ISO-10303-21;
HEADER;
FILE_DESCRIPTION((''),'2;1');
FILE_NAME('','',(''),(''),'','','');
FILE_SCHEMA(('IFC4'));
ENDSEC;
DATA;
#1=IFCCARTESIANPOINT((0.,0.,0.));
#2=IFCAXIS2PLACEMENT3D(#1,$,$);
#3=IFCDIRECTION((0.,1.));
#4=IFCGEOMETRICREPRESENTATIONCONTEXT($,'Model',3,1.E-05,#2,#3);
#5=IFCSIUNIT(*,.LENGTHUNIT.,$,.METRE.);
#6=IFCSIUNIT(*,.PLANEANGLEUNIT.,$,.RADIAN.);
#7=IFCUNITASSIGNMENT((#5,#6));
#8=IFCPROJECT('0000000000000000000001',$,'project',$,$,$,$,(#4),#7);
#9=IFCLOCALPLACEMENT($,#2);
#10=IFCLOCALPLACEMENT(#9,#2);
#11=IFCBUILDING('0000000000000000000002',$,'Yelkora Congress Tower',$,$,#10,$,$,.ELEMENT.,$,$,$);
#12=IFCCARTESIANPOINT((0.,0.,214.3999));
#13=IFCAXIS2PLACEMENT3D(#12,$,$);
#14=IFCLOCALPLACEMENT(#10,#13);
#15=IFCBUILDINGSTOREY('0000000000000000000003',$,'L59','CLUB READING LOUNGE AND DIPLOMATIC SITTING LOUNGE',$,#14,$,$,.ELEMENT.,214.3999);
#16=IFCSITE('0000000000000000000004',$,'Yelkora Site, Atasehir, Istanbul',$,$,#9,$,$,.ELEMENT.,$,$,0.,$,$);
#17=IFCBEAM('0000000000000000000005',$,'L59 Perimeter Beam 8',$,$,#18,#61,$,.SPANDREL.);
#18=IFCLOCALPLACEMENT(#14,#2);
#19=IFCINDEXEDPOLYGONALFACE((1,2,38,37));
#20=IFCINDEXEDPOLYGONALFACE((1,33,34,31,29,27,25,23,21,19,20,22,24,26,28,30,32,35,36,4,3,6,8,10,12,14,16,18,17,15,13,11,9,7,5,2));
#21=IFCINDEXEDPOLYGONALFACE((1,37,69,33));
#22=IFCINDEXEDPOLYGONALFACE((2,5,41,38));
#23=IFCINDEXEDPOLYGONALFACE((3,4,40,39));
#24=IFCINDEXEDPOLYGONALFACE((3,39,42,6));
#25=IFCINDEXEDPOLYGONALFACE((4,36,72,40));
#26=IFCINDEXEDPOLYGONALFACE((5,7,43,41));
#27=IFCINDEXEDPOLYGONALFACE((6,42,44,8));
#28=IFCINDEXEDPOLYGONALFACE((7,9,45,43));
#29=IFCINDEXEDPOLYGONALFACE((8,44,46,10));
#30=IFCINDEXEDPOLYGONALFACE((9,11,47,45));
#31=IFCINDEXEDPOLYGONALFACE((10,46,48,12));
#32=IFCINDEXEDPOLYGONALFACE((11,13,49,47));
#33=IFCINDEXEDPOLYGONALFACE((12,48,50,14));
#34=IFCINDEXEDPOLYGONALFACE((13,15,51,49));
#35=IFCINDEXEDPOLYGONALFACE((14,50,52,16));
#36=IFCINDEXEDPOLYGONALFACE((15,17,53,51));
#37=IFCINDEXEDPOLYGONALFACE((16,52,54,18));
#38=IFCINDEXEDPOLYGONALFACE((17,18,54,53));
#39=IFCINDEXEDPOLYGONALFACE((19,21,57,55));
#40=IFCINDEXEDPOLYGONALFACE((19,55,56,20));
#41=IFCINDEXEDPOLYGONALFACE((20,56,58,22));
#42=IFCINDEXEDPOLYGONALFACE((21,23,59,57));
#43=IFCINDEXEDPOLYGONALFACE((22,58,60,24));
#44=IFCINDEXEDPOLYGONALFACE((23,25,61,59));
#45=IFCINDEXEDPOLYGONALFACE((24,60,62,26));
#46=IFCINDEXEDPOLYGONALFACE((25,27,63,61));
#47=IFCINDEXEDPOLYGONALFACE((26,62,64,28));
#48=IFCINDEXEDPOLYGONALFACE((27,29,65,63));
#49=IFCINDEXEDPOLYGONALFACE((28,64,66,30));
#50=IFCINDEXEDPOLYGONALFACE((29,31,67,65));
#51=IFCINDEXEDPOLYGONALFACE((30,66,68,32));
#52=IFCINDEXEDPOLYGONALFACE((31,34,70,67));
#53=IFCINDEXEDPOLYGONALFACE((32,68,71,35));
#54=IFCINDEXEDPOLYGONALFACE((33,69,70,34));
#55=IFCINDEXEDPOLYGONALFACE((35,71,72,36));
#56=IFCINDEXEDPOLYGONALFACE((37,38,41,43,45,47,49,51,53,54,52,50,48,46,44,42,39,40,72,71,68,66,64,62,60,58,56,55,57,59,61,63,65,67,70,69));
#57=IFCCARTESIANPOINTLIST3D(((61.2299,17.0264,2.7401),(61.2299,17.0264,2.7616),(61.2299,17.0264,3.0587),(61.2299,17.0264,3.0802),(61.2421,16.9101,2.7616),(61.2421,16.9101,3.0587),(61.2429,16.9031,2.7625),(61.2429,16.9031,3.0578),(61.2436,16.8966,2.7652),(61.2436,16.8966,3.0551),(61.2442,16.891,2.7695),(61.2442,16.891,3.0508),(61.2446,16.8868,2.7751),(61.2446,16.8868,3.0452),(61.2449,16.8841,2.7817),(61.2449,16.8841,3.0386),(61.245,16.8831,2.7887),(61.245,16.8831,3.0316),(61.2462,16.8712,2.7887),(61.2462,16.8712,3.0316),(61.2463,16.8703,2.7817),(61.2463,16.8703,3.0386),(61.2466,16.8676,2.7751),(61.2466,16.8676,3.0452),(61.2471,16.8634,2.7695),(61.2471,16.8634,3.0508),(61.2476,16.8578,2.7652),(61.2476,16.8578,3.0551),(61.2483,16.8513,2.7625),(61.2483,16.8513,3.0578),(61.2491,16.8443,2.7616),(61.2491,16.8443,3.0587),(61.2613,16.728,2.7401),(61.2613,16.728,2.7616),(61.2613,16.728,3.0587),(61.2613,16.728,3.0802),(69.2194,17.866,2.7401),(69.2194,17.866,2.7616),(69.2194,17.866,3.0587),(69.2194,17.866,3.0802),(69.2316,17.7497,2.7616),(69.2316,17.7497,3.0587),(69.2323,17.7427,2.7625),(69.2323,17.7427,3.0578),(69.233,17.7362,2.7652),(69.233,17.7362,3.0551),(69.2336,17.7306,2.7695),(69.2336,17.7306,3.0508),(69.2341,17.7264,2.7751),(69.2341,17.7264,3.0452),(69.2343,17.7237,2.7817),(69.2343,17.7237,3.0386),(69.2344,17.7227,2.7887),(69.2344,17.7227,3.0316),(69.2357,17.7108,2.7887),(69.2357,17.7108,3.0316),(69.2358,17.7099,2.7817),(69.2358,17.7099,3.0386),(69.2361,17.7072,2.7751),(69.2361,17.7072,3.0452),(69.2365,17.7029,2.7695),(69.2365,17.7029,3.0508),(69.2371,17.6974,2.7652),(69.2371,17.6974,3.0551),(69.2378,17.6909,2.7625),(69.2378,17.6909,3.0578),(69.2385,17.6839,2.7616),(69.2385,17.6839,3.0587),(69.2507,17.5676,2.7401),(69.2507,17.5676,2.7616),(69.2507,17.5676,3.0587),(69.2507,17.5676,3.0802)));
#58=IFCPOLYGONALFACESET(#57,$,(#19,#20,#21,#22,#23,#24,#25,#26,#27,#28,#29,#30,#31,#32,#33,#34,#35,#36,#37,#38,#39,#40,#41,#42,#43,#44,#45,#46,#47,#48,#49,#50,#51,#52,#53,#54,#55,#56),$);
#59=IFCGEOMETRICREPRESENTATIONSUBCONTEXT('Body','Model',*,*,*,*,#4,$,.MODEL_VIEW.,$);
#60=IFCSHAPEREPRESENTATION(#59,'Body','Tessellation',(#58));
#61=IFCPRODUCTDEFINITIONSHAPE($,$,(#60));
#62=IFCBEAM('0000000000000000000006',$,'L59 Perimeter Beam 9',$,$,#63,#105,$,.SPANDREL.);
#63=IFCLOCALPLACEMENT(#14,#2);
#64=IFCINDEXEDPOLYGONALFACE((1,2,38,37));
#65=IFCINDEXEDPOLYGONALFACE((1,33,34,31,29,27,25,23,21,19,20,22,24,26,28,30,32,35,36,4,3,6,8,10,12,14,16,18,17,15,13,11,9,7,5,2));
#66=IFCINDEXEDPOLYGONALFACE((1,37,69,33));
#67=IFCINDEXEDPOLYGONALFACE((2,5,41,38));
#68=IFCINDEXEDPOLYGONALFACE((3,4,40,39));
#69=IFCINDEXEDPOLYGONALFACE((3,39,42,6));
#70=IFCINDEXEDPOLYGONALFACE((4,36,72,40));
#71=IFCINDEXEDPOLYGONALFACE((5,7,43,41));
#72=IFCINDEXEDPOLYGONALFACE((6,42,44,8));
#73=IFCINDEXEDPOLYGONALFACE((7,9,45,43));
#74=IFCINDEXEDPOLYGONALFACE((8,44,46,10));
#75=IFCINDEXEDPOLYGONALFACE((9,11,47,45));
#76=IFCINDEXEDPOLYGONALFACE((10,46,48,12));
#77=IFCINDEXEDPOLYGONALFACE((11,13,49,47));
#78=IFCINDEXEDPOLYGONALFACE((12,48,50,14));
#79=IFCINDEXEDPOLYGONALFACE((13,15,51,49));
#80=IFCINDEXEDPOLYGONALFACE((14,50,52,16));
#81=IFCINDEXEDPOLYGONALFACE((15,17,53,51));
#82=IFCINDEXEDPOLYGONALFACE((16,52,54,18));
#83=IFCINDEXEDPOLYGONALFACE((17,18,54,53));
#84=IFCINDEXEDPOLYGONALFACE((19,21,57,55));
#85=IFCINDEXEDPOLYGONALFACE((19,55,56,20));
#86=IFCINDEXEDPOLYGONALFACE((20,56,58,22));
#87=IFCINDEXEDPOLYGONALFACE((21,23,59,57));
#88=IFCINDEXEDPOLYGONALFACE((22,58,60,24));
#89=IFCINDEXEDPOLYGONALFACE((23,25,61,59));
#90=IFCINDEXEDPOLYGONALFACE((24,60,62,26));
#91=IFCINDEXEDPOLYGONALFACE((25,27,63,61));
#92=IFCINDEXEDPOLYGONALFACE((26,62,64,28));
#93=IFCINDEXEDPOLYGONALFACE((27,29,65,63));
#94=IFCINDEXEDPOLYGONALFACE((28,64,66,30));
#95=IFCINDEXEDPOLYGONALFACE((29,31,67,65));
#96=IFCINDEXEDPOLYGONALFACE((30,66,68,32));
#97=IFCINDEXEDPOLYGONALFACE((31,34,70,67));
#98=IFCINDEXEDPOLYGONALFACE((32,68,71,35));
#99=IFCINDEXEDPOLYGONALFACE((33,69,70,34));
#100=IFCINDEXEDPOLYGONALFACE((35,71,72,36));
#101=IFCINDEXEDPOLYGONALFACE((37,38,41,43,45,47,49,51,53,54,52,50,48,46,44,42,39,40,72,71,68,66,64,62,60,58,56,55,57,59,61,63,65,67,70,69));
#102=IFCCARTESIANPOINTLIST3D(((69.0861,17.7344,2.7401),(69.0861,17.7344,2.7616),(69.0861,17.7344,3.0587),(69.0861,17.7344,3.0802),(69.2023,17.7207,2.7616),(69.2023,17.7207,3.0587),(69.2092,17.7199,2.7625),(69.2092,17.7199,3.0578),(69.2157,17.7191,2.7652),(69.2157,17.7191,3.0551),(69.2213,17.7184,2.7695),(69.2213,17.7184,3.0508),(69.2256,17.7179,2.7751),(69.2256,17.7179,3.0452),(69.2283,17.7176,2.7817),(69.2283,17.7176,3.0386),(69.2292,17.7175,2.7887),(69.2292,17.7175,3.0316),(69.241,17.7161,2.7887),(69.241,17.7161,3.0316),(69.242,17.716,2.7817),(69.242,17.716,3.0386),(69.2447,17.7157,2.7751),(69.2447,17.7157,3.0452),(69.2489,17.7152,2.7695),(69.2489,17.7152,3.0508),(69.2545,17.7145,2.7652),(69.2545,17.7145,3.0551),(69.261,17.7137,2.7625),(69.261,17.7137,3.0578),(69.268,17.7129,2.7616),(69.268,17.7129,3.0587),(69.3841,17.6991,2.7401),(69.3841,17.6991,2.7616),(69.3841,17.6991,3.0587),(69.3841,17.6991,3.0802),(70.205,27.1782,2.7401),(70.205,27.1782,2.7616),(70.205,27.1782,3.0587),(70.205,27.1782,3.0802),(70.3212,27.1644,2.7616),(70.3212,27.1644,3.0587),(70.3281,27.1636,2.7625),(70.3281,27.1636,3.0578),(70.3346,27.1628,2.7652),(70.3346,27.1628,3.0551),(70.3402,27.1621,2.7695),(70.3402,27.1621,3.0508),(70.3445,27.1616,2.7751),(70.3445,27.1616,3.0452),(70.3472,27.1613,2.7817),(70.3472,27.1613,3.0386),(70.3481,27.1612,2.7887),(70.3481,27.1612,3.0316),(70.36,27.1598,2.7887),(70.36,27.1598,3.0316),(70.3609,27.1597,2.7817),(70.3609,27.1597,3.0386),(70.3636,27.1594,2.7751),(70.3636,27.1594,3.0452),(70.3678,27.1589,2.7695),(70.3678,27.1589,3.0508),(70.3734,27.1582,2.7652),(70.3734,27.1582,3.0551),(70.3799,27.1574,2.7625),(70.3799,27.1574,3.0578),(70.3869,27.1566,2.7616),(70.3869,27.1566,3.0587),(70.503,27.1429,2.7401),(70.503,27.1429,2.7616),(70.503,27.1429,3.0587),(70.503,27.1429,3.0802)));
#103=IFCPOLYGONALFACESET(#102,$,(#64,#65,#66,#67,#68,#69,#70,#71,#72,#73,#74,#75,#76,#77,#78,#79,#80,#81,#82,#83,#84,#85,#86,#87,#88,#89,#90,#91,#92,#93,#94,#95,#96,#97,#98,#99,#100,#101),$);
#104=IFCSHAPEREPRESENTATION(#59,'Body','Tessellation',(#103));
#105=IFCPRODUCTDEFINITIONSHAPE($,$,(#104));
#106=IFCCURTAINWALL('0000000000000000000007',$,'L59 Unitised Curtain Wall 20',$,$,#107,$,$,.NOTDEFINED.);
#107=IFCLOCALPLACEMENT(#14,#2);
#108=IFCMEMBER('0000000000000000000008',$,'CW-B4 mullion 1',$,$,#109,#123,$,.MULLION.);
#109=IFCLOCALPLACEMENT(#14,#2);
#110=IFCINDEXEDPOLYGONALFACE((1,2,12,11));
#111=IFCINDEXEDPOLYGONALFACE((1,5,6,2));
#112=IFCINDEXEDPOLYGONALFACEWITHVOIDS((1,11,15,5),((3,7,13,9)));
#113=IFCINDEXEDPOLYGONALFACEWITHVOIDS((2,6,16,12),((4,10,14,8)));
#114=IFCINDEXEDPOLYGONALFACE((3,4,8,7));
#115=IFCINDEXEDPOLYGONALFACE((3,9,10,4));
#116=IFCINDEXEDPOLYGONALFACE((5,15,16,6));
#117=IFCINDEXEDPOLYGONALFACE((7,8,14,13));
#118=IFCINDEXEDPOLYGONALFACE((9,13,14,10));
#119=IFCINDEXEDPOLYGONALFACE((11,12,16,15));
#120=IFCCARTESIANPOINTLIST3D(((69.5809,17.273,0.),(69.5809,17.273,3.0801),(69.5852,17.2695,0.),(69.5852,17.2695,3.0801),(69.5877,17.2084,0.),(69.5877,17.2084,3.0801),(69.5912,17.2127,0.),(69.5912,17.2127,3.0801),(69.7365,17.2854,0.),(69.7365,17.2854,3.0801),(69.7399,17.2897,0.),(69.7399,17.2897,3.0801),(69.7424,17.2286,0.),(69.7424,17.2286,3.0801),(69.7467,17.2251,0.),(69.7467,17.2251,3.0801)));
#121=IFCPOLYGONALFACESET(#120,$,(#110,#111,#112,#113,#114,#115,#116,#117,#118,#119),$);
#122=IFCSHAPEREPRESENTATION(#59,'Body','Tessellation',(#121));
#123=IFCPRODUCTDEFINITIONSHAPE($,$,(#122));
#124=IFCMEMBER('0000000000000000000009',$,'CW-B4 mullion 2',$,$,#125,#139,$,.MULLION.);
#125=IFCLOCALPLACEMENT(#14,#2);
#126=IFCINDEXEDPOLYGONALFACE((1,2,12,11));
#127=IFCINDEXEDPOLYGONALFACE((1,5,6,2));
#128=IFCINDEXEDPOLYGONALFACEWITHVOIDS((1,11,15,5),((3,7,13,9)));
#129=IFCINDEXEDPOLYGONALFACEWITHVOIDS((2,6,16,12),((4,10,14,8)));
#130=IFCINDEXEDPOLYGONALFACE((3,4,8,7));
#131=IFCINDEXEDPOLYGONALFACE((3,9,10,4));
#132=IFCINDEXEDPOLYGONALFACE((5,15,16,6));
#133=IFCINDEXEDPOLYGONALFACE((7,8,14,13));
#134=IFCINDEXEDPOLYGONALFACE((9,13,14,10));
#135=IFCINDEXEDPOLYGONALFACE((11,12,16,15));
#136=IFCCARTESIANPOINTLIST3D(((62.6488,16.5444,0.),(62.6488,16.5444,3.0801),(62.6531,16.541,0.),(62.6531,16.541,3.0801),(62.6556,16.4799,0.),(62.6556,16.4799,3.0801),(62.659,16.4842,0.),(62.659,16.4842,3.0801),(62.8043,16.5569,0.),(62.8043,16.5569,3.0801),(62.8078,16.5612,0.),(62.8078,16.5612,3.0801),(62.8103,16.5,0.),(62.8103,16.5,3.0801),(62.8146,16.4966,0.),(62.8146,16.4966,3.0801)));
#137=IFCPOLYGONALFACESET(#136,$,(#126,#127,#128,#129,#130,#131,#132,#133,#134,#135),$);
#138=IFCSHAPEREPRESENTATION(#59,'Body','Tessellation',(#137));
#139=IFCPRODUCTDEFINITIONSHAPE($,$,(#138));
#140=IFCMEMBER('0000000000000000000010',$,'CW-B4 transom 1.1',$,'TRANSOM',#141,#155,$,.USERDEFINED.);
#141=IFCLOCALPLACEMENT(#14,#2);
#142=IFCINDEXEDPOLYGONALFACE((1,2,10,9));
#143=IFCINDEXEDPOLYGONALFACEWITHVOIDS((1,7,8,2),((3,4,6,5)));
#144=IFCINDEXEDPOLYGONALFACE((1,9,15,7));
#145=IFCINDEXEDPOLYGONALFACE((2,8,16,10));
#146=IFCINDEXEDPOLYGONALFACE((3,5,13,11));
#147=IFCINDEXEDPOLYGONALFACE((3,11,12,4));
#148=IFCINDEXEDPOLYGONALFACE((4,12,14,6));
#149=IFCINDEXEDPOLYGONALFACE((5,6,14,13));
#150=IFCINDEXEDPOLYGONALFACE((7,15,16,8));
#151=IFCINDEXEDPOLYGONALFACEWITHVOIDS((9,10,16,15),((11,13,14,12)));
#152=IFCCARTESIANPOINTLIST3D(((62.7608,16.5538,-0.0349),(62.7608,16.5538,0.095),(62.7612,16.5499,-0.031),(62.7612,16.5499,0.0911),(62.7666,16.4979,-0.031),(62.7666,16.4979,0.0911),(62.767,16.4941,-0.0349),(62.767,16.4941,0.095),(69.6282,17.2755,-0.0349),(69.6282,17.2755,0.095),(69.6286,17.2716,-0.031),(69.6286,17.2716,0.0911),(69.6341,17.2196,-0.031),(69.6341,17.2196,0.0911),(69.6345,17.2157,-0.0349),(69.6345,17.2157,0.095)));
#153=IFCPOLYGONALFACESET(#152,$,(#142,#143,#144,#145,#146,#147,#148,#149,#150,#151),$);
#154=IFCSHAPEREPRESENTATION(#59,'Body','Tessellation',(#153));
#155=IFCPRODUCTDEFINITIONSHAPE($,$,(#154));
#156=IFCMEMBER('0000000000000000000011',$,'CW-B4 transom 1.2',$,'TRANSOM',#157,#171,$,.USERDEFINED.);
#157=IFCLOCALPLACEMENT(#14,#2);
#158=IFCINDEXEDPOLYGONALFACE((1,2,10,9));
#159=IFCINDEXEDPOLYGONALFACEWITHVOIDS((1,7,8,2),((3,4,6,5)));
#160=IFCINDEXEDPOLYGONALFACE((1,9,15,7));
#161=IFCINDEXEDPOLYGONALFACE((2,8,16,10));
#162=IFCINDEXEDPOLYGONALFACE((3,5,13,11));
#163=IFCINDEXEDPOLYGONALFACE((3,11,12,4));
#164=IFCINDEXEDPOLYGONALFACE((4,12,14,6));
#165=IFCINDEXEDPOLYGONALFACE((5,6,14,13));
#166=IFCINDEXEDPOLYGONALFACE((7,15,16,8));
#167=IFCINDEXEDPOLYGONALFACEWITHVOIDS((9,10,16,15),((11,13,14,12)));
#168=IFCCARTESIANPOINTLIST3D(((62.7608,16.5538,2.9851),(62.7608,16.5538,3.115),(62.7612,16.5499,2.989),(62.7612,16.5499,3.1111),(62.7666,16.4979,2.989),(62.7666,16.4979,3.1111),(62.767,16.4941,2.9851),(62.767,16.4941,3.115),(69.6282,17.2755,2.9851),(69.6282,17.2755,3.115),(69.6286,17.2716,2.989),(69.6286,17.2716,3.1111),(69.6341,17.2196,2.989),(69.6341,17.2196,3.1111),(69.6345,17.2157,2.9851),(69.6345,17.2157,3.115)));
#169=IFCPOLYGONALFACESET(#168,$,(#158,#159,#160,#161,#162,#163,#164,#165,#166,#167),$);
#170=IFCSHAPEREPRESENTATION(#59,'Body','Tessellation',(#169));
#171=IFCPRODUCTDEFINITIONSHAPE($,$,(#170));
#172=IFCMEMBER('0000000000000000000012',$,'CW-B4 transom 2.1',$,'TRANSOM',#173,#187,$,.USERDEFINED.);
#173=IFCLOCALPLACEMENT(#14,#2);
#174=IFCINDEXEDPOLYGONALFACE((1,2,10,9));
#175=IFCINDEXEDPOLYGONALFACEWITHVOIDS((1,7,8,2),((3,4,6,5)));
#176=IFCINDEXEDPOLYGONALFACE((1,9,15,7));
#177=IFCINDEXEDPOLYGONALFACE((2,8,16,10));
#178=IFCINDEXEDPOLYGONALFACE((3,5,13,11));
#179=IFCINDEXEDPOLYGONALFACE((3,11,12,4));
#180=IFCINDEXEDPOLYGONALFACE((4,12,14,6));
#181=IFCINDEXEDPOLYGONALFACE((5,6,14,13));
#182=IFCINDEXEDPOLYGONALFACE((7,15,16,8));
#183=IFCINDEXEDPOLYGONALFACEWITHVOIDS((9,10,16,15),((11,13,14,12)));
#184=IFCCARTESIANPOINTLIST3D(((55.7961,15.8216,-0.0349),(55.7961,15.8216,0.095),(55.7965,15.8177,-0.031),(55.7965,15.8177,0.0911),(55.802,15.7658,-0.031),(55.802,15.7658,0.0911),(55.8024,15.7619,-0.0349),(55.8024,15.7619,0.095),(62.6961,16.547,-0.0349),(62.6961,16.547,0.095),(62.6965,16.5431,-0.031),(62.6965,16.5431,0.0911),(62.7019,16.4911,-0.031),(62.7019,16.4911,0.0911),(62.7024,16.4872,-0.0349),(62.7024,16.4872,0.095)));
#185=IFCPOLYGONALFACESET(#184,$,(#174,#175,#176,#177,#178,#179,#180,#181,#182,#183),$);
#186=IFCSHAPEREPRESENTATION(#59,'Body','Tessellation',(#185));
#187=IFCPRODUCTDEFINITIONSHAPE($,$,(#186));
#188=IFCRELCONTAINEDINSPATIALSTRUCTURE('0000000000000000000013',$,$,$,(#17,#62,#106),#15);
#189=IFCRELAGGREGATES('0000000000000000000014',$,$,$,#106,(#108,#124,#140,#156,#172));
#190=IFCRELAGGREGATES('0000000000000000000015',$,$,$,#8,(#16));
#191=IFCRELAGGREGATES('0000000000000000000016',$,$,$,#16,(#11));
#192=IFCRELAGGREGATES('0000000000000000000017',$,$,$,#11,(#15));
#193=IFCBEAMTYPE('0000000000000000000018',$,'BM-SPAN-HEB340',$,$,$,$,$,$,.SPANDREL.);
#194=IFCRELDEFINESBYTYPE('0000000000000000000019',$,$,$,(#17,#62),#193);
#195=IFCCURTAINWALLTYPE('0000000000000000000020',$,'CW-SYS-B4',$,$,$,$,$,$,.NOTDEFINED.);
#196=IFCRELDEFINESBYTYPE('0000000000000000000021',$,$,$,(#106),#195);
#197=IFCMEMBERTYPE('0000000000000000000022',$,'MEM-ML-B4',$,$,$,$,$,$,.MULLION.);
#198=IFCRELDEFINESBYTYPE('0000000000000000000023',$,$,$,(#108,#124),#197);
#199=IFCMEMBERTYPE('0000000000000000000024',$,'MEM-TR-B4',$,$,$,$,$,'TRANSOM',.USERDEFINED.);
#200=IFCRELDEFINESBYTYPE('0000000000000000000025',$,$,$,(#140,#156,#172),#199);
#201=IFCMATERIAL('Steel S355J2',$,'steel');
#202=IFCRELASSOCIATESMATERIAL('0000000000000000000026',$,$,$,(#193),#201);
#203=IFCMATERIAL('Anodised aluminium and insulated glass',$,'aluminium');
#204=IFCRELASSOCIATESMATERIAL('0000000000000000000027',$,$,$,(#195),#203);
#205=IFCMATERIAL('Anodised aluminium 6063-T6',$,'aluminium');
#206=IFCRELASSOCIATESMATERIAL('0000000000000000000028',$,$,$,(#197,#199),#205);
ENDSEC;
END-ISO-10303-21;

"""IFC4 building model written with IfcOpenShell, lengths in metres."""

from ifc_helpers import new_model, si_unit, direction, frame, origin, origin_2d, place, context, subcontext, project, spatial, hollow_rectangle, i_section, extrude, material, material_profile, profile_set, type_object, element, aggregate, save


model = new_model("IFC4")

# Units and contexts
model_context = context("Model", 3, precision=1e-05, world=origin(), true_north=direction((0.0, 1.0)))
body_context = subcontext(model_context, "Body", "Model", "MODEL_VIEW")
ifc_project = project(units=[si_unit("LENGTHUNIT", "METRE"), si_unit("PLANEANGLEUNIT", "RADIAN")], contexts=[model_context])

# Site, building, storey
site_placement = place(None, origin())
site = spatial("IfcSite", under=ifc_project, at=site_placement, Name="Yelkora Site, Atasehir, Istanbul", CompositionType="ELEMENT", RefElevation=0.0)
building_placement = place(site_placement, origin())
building = spatial("IfcBuilding", under=site, at=building_placement, Name="Yelkora Congress Tower", CompositionType="ELEMENT")
storey_placement = place(building_placement, frame((0.0, 0.0, 214.3999)))
storey = spatial("IfcBuildingStorey", under=building, at=storey_placement, Name="L59", Description="CLUB READING LOUNGE AND DIPLOMATIC SITTING LOUNGE", CompositionType="ELEMENT", Elevation=214.3999)

# Shared definitions
ifc_material_1 = material(Name="Steel S355J2", Category="steel")

# Beams
ifc_material_profile_1 = material_profile(ifc_material_1, i_section(OverallWidth=0.3, OverallDepth=0.3401, WebThickness=0.012, FlangeThickness=0.0215, FilletRadius=0.0271, at=origin_2d()), Name="HEB 340")
ifc_profile_set_1 = profile_set([ifc_material_profile_1], Name="Steel S355J2")
beam_type_1 = type_object("IfcBeamType", Name="BM-SPAN-HEB340", PredefinedType="SPANDREL", material=ifc_profile_set_1)
beam_1_placement = place(storey_placement, frame((61.2456, 16.8772, 2.9102), z_axis=(0.994524, 0.104512, 0.0), x_axis=(-0.104512, 0.994524, 0.0)))
element("IfcBeam", 1, at=beam_1_placement, inside=storey, type_object=beam_type_1, Name="L59 Perimeter Beam 8", PredefinedType="SPANDREL", context=body_context, shape_type="SweptSolid", body=[
    extrude(i_section(OverallWidth=0.3, OverallDepth=0.3401, WebThickness=0.012, FlangeThickness=0.0215, FilletRadius=0.0271, at=origin_2d()), origin(), (0.0, 0.0, 1.0), 8.0334),
])
beam_2_placement = place(storey_placement, frame((69.2351, 17.7168, 2.9102), z_axis=(0.117659, 0.993054, 0.0), x_axis=(-0.993054, 0.117659, 0.0)))
element("IfcBeam", 2, at=beam_2_placement, inside=storey, type_object=beam_type_1, Name="L59 Perimeter Beam 9", PredefinedType="SPANDREL", context=body_context, shape_type="SweptSolid", body=[
    extrude(i_section(OverallWidth=0.3, OverallDepth=0.3401, WebThickness=0.012, FlangeThickness=0.0215, FilletRadius=0.0271, at=origin_2d()), origin(), (0.0, 0.0, 1.0), 9.5098),
])

# Curtain wall, members
ifc_material_2 = material(Name="Anodised aluminium and insulated glass", Category="aluminium")
curtain_wall_type = type_object("IfcCurtainWallType", Name="CW-SYS-B4", PredefinedType="NOTDEFINED", material=ifc_material_2)
curtain_wall_placement = place(storey_placement, origin())
curtain_wall = element("IfcCurtainWall", 3, at=curtain_wall_placement, inside=storey, type_object=curtain_wall_type, Name="L59 Unitised Curtain Wall 20", PredefinedType="NOTDEFINED")
ifc_material_3 = material(Name="Anodised aluminium 6063-T6", Category="aluminium")
ifc_material_profile_2 = material_profile(ifc_material_3, hollow_rectangle(XDim=0.0649, YDim=0.1599, WallThickness=0.0039, at=origin_2d()), Name="ALU 65x160x4")
ifc_profile_set_2 = profile_set([ifc_material_profile_2], Name="Anodised aluminium 6063-T6")
member_type_1 = type_object("IfcMemberType", Name="MEM-ML-B4", PredefinedType="MULLION", material=ifc_profile_set_2)
member_1_placement = place(storey_placement, frame((69.6638, 17.249, 0.0), z_axis=(0.0, 0.0, 1.0), x_axis=(0.104527, -0.994522, 0.0)))
member_1 = element("IfcMember", 4, at=member_1_placement, type_object=member_type_1, Name="CW-B4 mullion 1", PredefinedType="MULLION", context=body_context, shape_type="SweptSolid", body=[
    extrude(hollow_rectangle(XDim=0.0649, YDim=0.1599, WallThickness=0.0039, at=origin_2d()), origin(), (0.0, 0.0, 1.0), 3.0801),
])
member_2_placement = place(storey_placement, frame((62.7317, 16.5205, 0.0), z_axis=(0.0, 0.0, 1.0), x_axis=(0.104527, -0.994522, 0.0)))
member_2 = element("IfcMember", 5, at=member_2_placement, type_object=member_type_1, Name="CW-B4 mullion 2", PredefinedType="MULLION", context=body_context, shape_type="SweptSolid", body=[
    extrude(hollow_rectangle(XDim=0.0649, YDim=0.1599, WallThickness=0.0039, at=origin_2d()), origin(), (0.0, 0.0, 1.0), 3.0801),
])
ifc_material_profile_3 = material_profile(ifc_material_3, hollow_rectangle(XDim=0.0601, YDim=0.1299, WallThickness=0.0039, at=origin_2d()), Name="ALU 60x130x4")
ifc_profile_set_3 = profile_set([ifc_material_profile_3], Name="Anodised aluminium 6063-T6")
member_type_2 = type_object("IfcMemberType", Name="MEM-TR-B4", ElementType="TRANSOM", PredefinedType="USERDEFINED", material=ifc_profile_set_3)
member_3_placement = place(storey_placement, frame((69.6313, 17.2456, 0.03), z_axis=(-0.994524, -0.104512, 0.0), x_axis=(0.104512, -0.994524, 0.0)))
member_3 = element("IfcMember", 6, at=member_3_placement, type_object=member_type_2, Name="CW-B4 transom 1.1", ObjectType="TRANSOM", PredefinedType="USERDEFINED", context=body_context, shape_type="SweptSolid", body=[
    extrude(hollow_rectangle(XDim=0.0601, YDim=0.1299, WallThickness=0.0039, at=origin_2d()), origin(), (0.0, 0.0, 1.0), 6.9053),
])
member_4_placement = place(storey_placement, frame((69.6313, 17.2456, 3.05), z_axis=(-0.994524, -0.104512, 0.0), x_axis=(0.104512, -0.994524, 0.0)))
member_4 = element("IfcMember", 7, at=member_4_placement, type_object=member_type_2, Name="CW-B4 transom 1.2", ObjectType="TRANSOM", PredefinedType="USERDEFINED", context=body_context, shape_type="SweptSolid", body=[
    extrude(hollow_rectangle(XDim=0.0601, YDim=0.1299, WallThickness=0.0039, at=origin_2d()), origin(), (0.0, 0.0, 1.0), 6.9053),
])
member_5_placement = place(storey_placement, frame((62.6992, 16.5171, 0.03), z_axis=(-0.99452, -0.104547, 0.0), x_axis=(0.104547, -0.99452, 0.0)))
member_5 = element("IfcMember", 8, at=member_5_placement, type_object=member_type_2, Name="CW-B4 transom 2.1", ObjectType="TRANSOM", PredefinedType="USERDEFINED", context=body_context, shape_type="SweptSolid", body=[
    extrude(hollow_rectangle(XDim=0.0601, YDim=0.1299, WallThickness=0.0039, at=origin_2d()), origin(), (0.0, 0.0, 1.0), 6.938),
])
aggregate(curtain_wall, [member_1, member_2, member_3, member_4, member_5])

save(model, "model.ifc")
